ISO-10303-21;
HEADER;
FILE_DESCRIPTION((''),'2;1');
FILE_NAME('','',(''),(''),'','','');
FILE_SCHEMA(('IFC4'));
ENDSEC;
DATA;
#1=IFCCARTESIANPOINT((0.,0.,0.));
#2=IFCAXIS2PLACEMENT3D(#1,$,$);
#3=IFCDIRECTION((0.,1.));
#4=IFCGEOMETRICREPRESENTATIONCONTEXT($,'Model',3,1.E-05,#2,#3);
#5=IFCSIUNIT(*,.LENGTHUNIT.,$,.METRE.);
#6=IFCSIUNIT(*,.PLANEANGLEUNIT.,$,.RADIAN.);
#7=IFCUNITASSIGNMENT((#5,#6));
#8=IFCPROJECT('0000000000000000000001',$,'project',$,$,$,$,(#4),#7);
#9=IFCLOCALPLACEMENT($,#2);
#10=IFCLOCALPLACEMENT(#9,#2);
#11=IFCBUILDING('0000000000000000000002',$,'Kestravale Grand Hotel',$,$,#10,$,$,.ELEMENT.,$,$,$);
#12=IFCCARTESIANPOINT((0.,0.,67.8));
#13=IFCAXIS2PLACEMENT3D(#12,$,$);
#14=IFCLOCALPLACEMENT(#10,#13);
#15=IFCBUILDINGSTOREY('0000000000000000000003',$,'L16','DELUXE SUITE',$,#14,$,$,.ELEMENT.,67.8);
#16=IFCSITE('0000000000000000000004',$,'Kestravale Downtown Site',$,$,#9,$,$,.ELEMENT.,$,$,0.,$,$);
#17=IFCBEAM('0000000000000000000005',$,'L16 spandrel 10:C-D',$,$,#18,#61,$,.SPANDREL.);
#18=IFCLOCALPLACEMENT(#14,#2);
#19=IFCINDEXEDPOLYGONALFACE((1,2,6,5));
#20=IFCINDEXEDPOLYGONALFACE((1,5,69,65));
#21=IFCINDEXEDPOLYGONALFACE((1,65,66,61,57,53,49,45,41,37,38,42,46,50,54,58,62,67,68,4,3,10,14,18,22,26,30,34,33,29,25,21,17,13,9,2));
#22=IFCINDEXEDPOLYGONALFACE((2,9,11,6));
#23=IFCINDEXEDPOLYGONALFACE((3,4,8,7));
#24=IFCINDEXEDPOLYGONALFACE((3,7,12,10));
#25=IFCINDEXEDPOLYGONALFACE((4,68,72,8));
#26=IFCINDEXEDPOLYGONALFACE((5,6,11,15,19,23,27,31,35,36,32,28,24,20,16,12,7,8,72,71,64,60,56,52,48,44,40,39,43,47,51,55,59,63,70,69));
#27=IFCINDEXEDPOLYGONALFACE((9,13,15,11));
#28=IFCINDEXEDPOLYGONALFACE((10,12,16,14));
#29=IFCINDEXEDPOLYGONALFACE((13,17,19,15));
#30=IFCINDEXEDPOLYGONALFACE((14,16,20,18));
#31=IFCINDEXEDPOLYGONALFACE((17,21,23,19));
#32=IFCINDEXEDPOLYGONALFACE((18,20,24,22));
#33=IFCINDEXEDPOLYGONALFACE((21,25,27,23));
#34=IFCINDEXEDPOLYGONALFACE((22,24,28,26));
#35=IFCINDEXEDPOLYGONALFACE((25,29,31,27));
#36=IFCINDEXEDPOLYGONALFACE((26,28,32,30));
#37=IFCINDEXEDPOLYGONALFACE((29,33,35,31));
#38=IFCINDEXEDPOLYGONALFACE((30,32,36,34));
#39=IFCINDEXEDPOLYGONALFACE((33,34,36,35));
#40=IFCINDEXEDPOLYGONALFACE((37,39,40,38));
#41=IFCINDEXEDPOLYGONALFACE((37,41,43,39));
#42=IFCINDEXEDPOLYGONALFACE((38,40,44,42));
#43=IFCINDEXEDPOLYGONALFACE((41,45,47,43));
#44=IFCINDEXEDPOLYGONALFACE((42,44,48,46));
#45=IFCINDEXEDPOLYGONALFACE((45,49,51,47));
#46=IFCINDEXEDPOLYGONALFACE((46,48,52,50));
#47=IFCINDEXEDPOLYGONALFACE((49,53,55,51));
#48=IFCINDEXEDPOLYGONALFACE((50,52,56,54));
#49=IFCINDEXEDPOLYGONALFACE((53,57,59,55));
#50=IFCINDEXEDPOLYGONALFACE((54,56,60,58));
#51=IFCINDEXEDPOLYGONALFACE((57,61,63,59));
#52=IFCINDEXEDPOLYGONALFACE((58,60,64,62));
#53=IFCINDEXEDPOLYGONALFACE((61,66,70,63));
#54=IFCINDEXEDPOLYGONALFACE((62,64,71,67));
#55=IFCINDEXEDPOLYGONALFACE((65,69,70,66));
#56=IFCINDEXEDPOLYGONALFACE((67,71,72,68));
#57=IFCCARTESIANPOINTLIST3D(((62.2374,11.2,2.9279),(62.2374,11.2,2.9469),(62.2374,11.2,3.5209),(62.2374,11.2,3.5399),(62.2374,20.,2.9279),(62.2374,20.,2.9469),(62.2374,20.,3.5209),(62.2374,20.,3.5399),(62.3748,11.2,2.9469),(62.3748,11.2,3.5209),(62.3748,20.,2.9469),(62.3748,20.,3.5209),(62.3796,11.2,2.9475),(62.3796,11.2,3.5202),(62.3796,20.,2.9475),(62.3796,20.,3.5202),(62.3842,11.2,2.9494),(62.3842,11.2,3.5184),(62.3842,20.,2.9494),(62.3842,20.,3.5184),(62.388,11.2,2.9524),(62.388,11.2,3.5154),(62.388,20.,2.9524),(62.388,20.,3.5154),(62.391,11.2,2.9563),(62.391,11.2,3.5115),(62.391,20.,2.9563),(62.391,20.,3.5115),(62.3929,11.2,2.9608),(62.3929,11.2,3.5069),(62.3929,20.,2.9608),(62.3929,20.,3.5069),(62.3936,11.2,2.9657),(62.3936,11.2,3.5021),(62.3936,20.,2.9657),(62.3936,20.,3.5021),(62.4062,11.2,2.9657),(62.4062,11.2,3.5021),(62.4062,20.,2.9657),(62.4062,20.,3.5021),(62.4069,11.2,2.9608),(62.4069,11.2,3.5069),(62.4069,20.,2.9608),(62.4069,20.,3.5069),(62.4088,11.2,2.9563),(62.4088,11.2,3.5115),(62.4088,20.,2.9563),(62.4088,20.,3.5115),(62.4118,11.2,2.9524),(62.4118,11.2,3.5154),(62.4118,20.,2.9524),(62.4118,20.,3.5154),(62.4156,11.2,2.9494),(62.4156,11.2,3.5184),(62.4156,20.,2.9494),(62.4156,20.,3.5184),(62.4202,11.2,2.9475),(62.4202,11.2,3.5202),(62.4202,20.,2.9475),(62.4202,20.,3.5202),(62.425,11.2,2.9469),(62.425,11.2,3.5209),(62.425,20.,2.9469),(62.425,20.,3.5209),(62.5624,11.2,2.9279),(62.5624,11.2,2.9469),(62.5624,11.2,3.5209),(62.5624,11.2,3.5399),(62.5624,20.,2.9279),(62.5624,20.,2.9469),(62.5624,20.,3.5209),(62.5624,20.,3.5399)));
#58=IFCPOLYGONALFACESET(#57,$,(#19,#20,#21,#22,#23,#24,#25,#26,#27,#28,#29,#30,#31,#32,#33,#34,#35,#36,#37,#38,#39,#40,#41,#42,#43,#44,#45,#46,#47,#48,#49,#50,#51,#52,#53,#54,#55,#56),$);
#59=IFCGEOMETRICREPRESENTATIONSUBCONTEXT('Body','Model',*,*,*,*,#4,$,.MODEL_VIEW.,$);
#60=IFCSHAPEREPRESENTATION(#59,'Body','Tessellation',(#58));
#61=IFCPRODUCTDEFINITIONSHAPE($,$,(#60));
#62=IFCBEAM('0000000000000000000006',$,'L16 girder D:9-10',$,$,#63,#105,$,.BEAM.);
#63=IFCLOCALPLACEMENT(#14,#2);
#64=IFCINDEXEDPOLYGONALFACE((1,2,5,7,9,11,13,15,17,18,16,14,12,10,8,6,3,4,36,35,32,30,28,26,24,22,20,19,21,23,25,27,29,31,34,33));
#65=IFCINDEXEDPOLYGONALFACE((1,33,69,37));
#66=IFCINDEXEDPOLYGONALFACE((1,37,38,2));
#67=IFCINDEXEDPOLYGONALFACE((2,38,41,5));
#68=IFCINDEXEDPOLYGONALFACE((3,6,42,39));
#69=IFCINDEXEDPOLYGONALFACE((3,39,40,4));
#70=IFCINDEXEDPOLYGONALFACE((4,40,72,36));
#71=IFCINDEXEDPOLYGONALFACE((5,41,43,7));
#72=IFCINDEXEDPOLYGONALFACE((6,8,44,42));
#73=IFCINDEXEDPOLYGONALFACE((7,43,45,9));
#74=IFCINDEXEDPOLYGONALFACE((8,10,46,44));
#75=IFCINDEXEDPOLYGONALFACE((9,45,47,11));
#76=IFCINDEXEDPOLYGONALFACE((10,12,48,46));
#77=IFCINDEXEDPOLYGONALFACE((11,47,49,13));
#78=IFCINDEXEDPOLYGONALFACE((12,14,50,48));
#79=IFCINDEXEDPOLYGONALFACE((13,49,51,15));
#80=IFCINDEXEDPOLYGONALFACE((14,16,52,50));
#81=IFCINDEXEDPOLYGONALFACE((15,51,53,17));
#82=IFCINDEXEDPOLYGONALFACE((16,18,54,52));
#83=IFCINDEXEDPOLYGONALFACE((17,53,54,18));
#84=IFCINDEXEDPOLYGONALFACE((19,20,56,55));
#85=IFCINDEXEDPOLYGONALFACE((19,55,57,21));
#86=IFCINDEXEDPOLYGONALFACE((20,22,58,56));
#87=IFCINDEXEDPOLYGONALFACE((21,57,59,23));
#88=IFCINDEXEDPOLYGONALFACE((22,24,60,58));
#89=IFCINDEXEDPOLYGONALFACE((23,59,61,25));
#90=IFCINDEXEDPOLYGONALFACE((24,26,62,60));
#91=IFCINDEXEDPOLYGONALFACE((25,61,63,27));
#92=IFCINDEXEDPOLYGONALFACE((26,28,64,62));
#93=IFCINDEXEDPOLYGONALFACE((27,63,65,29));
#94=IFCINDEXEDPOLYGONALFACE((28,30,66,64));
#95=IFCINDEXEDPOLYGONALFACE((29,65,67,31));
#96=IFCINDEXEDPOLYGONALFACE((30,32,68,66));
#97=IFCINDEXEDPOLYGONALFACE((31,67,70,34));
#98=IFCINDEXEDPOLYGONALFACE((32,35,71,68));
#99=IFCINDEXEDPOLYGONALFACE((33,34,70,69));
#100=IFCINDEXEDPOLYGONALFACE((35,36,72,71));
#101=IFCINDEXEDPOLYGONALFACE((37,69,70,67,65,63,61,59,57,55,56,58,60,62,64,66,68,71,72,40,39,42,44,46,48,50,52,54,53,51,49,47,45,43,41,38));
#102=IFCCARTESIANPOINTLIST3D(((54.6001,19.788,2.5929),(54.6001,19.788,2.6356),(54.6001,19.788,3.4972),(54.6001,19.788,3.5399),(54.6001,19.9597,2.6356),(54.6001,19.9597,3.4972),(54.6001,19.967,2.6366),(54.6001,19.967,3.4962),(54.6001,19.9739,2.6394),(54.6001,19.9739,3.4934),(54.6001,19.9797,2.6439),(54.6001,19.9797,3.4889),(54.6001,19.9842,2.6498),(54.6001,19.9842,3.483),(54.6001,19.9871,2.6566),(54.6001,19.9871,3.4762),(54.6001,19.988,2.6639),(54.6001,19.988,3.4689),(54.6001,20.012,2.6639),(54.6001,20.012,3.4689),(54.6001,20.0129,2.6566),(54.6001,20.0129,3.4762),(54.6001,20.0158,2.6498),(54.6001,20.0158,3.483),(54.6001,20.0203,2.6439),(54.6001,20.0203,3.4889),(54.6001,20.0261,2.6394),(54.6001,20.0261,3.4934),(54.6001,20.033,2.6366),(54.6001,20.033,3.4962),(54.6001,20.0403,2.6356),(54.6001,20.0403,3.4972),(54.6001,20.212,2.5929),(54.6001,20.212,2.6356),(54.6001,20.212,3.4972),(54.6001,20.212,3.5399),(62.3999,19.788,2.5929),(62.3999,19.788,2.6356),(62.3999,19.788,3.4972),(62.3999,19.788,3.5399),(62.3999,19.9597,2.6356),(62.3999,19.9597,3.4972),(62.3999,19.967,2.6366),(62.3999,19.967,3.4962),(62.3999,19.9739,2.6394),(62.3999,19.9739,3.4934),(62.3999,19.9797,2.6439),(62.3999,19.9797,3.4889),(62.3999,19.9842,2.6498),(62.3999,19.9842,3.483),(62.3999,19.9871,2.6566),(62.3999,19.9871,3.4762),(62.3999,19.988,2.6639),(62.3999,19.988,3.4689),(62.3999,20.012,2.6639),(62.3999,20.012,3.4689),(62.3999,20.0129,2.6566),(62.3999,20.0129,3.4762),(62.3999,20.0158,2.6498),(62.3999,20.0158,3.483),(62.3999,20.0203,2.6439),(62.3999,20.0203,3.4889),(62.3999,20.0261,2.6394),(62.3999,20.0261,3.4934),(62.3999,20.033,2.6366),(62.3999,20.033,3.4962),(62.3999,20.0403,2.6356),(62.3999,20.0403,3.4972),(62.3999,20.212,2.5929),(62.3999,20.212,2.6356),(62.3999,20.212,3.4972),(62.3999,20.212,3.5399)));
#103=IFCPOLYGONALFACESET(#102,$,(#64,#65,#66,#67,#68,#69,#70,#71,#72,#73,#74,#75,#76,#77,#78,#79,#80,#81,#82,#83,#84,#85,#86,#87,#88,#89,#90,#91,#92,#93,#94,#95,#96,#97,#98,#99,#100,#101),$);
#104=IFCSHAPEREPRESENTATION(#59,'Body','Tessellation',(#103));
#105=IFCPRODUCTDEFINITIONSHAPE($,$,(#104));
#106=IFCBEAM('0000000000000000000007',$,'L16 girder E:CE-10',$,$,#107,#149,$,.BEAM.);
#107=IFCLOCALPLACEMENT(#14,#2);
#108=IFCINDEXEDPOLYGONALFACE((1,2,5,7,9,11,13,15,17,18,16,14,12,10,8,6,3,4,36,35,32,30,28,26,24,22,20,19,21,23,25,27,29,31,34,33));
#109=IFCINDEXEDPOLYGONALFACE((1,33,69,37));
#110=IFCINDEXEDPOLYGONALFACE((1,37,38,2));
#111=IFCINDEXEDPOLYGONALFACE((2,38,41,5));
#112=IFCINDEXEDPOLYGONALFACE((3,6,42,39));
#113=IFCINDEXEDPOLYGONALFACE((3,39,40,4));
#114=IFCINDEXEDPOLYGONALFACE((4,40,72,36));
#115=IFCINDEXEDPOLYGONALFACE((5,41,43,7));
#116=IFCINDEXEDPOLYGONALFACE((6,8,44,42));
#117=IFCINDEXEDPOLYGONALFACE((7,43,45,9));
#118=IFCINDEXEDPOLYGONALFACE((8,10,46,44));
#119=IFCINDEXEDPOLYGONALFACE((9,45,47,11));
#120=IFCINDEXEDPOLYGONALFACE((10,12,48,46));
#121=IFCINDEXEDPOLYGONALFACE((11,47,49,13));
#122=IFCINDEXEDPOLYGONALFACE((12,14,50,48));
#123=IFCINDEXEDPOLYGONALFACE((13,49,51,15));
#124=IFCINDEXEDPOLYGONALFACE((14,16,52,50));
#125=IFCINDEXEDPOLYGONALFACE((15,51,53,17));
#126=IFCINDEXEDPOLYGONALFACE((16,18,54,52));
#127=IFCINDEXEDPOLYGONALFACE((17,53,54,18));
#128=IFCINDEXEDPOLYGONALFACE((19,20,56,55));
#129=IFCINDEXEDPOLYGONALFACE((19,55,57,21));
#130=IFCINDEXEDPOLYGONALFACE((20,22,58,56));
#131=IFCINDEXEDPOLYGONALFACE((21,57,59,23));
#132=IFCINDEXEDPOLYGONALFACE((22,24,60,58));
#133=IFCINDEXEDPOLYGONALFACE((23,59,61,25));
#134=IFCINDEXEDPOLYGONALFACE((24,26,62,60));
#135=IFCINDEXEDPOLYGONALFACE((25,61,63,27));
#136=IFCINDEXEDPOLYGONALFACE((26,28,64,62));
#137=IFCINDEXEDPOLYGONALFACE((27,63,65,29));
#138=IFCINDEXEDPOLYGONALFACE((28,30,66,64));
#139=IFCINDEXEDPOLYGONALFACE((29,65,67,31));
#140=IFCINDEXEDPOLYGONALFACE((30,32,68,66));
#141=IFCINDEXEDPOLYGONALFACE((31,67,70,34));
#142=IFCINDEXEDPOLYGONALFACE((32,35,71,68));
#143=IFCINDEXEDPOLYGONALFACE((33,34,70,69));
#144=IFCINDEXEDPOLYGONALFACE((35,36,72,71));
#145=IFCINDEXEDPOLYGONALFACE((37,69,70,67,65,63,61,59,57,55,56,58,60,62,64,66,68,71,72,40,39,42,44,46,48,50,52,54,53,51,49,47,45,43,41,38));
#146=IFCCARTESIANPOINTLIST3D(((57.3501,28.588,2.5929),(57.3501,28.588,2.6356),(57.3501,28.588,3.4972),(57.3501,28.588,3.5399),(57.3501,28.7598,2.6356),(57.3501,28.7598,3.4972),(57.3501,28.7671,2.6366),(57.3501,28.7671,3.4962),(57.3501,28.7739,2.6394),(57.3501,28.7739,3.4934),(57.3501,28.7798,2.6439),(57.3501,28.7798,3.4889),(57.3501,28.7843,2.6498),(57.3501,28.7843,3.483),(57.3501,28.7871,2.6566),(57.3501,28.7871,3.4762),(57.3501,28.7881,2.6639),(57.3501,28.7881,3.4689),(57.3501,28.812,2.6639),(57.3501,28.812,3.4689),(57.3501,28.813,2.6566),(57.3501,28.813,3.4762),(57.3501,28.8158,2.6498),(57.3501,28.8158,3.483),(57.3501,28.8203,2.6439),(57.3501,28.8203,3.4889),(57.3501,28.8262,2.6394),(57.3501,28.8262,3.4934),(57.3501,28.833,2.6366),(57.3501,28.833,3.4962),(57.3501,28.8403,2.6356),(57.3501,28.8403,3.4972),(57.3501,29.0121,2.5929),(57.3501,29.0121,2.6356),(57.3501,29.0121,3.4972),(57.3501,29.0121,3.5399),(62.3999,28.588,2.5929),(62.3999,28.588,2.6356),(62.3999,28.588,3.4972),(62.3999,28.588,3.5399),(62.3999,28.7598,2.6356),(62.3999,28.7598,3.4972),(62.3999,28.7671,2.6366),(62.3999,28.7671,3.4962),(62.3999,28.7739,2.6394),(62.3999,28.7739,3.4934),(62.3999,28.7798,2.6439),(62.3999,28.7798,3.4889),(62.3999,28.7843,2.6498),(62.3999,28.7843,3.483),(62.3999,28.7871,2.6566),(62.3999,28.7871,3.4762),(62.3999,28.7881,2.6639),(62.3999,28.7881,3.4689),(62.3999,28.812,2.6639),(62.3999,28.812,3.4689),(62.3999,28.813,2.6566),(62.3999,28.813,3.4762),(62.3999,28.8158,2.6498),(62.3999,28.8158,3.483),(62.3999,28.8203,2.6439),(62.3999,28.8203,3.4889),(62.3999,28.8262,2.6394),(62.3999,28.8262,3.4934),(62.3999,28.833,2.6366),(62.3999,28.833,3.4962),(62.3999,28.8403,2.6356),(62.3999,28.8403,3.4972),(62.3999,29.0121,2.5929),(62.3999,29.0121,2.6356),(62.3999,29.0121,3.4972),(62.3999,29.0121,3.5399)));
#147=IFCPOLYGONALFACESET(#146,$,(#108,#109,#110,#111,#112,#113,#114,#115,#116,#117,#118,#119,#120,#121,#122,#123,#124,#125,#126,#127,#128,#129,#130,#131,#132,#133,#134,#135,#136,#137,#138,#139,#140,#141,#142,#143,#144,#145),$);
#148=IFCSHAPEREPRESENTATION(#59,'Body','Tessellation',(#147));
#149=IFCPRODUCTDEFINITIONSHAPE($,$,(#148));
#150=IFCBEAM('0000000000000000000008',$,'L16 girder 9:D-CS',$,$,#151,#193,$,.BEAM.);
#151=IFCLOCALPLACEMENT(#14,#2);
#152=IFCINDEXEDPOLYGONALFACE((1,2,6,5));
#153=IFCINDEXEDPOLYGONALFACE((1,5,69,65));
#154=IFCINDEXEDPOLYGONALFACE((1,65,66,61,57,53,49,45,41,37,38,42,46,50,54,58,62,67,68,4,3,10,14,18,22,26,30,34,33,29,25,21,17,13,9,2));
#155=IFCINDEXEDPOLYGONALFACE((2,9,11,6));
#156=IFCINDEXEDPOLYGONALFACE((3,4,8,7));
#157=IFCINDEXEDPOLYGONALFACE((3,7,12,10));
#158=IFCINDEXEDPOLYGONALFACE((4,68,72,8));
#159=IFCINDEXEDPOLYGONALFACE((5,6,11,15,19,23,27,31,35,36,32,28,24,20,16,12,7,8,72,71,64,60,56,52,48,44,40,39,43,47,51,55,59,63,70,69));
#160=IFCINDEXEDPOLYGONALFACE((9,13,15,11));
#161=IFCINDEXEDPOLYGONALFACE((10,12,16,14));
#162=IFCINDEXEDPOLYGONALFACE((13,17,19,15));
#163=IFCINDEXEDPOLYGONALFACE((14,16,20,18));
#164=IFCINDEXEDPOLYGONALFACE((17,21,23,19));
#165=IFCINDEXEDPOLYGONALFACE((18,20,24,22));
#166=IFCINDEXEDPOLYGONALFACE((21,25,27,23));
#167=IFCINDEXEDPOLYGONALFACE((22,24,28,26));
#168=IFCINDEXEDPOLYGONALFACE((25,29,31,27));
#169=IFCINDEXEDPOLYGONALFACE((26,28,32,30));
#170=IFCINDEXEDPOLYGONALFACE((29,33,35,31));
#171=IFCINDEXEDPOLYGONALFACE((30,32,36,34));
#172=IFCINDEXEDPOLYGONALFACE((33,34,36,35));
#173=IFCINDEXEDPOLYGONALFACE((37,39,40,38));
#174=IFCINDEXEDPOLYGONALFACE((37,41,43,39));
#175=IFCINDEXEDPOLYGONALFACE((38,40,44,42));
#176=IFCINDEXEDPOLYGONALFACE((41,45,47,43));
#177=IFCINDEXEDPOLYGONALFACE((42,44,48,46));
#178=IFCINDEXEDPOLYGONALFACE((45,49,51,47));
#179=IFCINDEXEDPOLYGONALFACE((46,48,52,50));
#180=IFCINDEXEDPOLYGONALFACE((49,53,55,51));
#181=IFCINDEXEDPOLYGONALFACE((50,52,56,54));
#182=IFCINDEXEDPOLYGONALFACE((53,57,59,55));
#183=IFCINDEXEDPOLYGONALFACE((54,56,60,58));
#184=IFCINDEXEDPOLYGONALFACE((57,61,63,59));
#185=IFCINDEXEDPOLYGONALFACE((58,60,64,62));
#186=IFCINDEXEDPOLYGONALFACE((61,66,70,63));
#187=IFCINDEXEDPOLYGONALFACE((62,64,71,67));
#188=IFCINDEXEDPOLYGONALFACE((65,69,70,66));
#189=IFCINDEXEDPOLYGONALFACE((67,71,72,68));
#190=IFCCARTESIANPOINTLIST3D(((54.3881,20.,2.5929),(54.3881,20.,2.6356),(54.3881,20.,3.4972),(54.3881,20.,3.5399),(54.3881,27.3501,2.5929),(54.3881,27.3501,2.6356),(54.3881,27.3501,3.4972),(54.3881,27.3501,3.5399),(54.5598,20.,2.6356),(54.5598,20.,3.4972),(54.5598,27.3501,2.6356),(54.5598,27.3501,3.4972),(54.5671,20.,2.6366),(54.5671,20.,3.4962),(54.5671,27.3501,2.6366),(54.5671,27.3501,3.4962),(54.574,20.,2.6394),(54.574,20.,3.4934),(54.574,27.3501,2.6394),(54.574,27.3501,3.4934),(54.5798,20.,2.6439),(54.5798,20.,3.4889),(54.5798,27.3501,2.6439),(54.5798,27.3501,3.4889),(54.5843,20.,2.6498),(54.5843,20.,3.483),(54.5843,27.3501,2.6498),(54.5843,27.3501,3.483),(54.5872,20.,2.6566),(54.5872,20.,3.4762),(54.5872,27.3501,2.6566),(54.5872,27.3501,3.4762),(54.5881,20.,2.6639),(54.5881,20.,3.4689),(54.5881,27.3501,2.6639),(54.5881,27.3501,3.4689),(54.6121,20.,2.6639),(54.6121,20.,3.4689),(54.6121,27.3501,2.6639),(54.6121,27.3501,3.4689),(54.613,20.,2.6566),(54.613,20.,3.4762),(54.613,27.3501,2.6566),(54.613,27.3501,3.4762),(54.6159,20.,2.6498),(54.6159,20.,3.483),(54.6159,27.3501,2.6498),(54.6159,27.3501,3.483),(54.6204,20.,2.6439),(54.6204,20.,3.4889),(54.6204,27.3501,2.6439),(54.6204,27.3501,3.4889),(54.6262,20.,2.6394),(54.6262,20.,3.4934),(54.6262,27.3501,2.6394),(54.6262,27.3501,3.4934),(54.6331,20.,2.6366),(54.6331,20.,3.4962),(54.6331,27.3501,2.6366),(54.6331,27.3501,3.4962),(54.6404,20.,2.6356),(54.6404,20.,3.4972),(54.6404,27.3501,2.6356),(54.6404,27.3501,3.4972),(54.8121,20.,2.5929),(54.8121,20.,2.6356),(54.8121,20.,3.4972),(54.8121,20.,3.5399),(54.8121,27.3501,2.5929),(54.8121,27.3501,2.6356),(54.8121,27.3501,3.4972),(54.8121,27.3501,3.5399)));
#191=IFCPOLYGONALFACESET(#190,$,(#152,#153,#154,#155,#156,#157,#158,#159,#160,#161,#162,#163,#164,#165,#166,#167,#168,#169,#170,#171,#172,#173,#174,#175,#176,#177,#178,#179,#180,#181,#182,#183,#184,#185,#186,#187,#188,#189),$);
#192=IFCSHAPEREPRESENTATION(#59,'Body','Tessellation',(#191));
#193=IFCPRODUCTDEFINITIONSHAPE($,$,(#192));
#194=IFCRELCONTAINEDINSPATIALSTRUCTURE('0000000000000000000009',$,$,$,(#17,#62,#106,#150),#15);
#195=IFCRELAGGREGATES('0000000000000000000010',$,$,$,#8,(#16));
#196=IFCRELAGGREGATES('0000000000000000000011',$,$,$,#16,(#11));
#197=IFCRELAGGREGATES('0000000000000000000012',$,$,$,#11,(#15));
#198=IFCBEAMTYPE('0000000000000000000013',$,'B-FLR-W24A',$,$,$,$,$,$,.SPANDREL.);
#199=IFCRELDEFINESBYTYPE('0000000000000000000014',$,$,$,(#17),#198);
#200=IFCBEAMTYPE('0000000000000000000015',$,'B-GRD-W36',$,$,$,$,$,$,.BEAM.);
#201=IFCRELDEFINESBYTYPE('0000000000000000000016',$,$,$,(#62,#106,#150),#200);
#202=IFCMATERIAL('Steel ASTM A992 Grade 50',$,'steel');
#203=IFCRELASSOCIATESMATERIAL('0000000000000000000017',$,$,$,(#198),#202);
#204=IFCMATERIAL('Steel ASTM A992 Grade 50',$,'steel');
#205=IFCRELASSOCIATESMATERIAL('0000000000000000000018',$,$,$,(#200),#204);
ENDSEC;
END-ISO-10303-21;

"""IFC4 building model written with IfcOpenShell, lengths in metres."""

from ifc_helpers import new_model, si_unit, direction, frame, origin, origin_2d, place, context, subcontext, project, spatial, i_section, extrude, material, material_profile, profile_set, type_object, element, save


model = new_model("IFC4")

# Units and contexts
model_context = context("Model", 3, precision=1e-05, world=origin(), true_north=direction((0.0, 1.0)))
body_context = subcontext(model_context, "Body", "Model", "MODEL_VIEW")
ifc_project = project(units=[si_unit("LENGTHUNIT", "METRE"), si_unit("PLANEANGLEUNIT", "RADIAN")], contexts=[model_context])

# Site, building, storey
site_placement = place(None, origin())
site = spatial("IfcSite", under=ifc_project, at=site_placement, Name="Kestravale Downtown Site", CompositionType="ELEMENT", RefElevation=0.0)
building_placement = place(site_placement, origin())
building = spatial("IfcBuilding", under=site, at=building_placement, Name="Kestravale Grand Hotel", CompositionType="ELEMENT")
storey_placement = place(building_placement, frame((0.0, 0.0, 67.8)))
storey = spatial("IfcBuildingStorey", under=building, at=storey_placement, Name="L16", Description="DELUXE SUITE", CompositionType="ELEMENT", Elevation=67.8)

# Beams
ifc_material_1 = material(Name="Steel ASTM A992 Grade 50", Category="steel")
ifc_material_profile_1 = material_profile(ifc_material_1, i_section(OverallWidth=0.325, OverallDepth=0.6121, WebThickness=0.0127, FlangeThickness=0.019, FilletRadius=0.0188, at=origin_2d()))
ifc_profile_set_1 = profile_set([ifc_material_profile_1], Name="Steel ASTM A992 Grade 50")
beam_type_1 = type_object("IfcBeamType", Name="B-FLR-W24A", PredefinedType="SPANDREL", material=ifc_profile_set_1)
beam_1_placement = place(storey_placement, frame((62.3999, 11.2, 3.2339), z_axis=(0.0, 1.0, 0.0), x_axis=(-1.0, 0.0, 0.0)))
element("IfcBeam", 1, at=beam_1_placement, inside=storey, type_object=beam_type_1, Name="L16 spandrel 10:C-D", PredefinedType="SPANDREL", context=body_context, shape_type="SweptSolid", body=[
    extrude(i_section(OverallWidth=0.325, OverallDepth=0.6121, WebThickness=0.0127, FlangeThickness=0.019, FilletRadius=0.0188, at=origin_2d()), origin(), (0.0, 0.0, 1.0), 8.8),
])
ifc_material_2 = material(Name="Steel ASTM A992 Grade 50", Category="steel")
ifc_material_profile_2 = material_profile(ifc_material_2, i_section(OverallWidth=0.4241, OverallDepth=0.947, WebThickness=0.0239, FlangeThickness=0.0427, FilletRadius=0.0283, at=origin_2d()))
ifc_profile_set_2 = profile_set([ifc_material_profile_2], Name="Steel ASTM A992 Grade 50")
beam_type_2 = type_object("IfcBeamType", Name="B-GRD-W36", PredefinedType="BEAM", material=ifc_profile_set_2)
beam_2_placement = place(storey_placement, frame((54.6001, 20.0, 3.0664), z_axis=(1.0, 0.0, 0.0), x_axis=(0.0, 1.0, 0.0)))
element("IfcBeam", 2, at=beam_2_placement, inside=storey, type_object=beam_type_2, Name="L16 girder D:9-10", PredefinedType="BEAM", context=body_context, shape_type="SweptSolid", body=[
    extrude(i_section(OverallWidth=0.4241, OverallDepth=0.947, WebThickness=0.0239, FlangeThickness=0.0427, FilletRadius=0.0283, at=origin_2d()), origin(), (0.0, 0.0, 1.0), 7.7998),
])
beam_3_placement = place(storey_placement, frame((57.3501, 28.8, 3.0664), z_axis=(1.0, 0.0, 0.0), x_axis=(0.0, 1.0, 0.0)))
element("IfcBeam", 3, at=beam_3_placement, inside=storey, type_object=beam_type_2, Name="L16 girder E:CE-10", PredefinedType="BEAM", context=body_context, shape_type="SweptSolid", body=[
    extrude(i_section(OverallWidth=0.4241, OverallDepth=0.947, WebThickness=0.0239, FlangeThickness=0.0427, FilletRadius=0.0283, at=origin_2d()), origin(), (0.0, 0.0, 1.0), 5.0498),
])
beam_4_placement = place(storey_placement, frame((54.6001, 20.0, 3.0664), z_axis=(0.0, 1.0, 0.0), x_axis=(-1.0, 0.0, 0.0)))
element("IfcBeam", 4, at=beam_4_placement, inside=storey, type_object=beam_type_2, Name="L16 girder 9:D-CS", PredefinedType="BEAM", context=body_context, shape_type="SweptSolid", body=[
    extrude(i_section(OverallWidth=0.4241, OverallDepth=0.947, WebThickness=0.0239, FlangeThickness=0.0427, FilletRadius=0.0283, at=origin_2d()), origin(), (0.0, 0.0, 1.0), 7.3501),
])

save(model, "model.ifc")
